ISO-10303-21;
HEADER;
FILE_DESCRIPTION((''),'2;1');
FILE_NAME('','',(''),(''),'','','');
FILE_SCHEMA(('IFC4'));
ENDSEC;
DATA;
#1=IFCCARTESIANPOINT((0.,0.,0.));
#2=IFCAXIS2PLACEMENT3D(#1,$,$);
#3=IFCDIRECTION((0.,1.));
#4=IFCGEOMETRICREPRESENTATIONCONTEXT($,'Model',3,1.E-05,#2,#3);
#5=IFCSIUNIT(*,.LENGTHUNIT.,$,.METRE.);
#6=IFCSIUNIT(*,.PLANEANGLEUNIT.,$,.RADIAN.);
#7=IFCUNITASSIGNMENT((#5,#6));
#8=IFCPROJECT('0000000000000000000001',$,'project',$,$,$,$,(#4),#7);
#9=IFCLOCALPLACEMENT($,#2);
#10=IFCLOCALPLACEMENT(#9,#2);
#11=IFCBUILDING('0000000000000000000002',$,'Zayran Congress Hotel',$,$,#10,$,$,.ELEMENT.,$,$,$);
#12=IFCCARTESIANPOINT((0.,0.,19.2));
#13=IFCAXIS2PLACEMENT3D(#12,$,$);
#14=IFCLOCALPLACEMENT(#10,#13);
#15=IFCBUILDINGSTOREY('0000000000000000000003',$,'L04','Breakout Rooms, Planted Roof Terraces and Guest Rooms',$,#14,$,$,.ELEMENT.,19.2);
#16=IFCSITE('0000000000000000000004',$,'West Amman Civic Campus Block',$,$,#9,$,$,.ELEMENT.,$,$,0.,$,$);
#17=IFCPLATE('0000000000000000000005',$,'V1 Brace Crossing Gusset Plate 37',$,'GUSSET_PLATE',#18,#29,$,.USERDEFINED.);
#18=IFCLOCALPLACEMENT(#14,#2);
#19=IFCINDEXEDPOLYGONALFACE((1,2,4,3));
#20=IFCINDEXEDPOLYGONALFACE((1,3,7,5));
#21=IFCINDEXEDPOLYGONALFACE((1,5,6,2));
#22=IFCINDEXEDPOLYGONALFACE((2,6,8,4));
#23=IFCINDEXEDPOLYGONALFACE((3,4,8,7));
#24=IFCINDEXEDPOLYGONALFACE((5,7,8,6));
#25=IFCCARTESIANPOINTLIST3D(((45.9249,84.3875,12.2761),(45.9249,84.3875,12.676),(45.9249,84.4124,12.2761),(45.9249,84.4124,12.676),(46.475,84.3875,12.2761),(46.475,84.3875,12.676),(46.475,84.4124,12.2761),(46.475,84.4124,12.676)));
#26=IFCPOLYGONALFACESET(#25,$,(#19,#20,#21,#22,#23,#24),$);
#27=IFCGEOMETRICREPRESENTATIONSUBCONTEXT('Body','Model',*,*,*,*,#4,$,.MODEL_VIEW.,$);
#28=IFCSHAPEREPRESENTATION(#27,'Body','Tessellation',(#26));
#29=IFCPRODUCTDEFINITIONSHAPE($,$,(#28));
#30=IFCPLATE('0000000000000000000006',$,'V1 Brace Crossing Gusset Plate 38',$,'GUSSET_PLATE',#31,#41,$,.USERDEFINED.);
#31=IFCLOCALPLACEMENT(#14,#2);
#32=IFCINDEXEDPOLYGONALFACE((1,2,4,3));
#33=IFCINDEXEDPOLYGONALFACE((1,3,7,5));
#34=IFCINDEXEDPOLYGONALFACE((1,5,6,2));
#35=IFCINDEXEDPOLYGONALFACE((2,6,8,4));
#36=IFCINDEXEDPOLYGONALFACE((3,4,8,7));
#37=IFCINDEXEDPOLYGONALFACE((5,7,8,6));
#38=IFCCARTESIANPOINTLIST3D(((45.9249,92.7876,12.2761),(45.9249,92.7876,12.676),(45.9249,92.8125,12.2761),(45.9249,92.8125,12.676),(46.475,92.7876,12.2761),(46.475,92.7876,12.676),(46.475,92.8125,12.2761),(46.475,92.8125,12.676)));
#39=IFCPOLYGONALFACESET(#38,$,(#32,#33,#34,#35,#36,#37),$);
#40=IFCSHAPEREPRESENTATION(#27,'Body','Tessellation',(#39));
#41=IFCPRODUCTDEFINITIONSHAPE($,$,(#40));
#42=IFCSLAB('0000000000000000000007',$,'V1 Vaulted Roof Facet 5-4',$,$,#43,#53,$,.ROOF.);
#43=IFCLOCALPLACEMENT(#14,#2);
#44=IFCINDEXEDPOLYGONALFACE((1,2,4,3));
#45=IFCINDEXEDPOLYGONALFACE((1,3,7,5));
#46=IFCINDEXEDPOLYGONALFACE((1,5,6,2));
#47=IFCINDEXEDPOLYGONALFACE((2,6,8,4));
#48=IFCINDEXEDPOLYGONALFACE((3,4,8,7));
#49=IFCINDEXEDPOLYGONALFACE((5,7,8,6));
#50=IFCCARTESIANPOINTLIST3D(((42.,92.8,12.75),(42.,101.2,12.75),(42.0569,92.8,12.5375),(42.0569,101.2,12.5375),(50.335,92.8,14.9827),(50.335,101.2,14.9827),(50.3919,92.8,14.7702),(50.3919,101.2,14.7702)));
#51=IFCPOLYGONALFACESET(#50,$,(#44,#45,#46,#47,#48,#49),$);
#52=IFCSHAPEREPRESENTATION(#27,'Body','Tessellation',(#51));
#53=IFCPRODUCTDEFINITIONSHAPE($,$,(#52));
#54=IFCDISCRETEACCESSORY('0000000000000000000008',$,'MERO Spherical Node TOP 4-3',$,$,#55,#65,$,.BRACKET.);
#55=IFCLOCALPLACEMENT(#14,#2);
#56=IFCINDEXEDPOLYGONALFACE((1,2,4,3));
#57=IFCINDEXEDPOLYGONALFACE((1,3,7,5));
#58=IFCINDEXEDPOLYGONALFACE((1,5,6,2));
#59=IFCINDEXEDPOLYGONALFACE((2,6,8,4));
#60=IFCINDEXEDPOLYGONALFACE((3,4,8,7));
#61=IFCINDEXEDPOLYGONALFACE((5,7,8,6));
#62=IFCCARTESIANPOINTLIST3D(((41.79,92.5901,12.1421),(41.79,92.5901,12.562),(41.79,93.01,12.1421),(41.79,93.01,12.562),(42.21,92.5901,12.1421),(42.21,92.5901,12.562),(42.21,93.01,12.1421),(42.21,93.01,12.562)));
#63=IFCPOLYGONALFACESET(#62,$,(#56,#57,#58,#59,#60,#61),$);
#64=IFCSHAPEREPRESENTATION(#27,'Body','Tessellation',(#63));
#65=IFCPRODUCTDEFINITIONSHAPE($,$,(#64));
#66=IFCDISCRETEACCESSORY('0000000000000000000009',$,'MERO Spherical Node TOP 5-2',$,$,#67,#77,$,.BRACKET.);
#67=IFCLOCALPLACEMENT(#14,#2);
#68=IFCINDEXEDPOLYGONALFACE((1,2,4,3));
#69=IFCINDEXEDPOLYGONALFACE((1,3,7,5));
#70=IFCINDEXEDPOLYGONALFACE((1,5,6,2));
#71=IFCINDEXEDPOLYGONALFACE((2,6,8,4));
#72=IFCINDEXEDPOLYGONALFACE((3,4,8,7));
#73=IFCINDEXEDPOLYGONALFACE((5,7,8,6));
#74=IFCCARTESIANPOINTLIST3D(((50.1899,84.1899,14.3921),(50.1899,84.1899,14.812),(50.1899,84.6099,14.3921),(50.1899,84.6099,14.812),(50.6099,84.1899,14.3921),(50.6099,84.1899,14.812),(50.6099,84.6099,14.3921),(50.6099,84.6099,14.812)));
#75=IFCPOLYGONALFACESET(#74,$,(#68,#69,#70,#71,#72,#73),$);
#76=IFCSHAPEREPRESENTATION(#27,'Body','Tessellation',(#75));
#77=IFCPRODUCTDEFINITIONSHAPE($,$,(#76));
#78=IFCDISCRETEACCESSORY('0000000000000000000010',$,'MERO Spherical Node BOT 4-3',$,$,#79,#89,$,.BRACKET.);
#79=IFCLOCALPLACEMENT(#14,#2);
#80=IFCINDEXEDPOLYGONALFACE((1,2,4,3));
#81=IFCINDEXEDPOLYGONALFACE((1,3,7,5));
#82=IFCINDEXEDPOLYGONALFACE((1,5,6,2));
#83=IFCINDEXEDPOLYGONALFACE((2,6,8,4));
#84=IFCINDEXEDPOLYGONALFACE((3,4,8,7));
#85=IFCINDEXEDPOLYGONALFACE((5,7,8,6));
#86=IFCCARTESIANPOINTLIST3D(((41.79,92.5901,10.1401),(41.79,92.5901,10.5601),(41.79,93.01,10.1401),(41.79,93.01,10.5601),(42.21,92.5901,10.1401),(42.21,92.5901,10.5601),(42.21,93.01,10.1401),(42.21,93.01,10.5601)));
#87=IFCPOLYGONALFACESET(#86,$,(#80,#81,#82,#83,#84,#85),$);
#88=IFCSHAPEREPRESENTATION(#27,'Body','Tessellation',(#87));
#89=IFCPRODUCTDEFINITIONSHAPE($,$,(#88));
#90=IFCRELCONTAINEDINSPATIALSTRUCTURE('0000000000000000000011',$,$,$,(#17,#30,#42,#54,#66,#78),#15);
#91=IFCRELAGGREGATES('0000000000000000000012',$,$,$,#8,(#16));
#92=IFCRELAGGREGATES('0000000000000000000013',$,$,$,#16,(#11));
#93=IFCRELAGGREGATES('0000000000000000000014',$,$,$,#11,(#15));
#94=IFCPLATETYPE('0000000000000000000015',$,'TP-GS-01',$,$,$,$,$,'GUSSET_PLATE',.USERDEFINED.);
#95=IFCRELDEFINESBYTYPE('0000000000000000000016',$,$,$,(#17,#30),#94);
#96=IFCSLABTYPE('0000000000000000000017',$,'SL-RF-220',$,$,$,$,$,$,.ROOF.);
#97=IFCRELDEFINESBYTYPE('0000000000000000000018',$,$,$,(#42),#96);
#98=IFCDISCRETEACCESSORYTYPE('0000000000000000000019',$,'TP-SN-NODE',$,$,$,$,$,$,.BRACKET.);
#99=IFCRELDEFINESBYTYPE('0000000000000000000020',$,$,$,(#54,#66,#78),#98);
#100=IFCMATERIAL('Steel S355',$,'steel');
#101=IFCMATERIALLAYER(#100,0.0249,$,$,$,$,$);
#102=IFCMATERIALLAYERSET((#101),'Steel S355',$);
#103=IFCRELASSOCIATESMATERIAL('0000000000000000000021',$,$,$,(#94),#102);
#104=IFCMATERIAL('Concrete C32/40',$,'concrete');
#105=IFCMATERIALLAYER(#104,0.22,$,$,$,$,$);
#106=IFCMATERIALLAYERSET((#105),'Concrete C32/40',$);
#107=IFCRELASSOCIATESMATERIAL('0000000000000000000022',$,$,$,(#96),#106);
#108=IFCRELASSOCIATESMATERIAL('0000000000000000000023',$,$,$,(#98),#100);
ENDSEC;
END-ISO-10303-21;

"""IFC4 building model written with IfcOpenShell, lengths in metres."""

from ifc_helpers import new_model, si_unit, direction, frame, origin, origin_2d, place, context, subcontext, project, spatial, polyline, rectangle, outline, extrude, material, layer, layer_set, type_object, element, save


model = new_model("IFC4")

# Units and contexts
model_context = context("Model", 3, precision=1e-05, world=origin(), true_north=direction((0.0, 1.0)))
body_context = subcontext(model_context, "Body", "Model", "MODEL_VIEW")
ifc_project = project(units=[si_unit("LENGTHUNIT", "METRE"), si_unit("PLANEANGLEUNIT", "RADIAN")], contexts=[model_context])

# Site, building, storey
site_placement = place(None, origin())
site = spatial("IfcSite", under=ifc_project, at=site_placement, Name="West Amman Civic Campus Block", CompositionType="ELEMENT", RefElevation=0.0)
building_placement = place(site_placement, origin())
building = spatial("IfcBuilding", under=site, at=building_placement, Name="Zayran Congress Hotel", CompositionType="ELEMENT")
storey_placement = place(building_placement, frame((0.0, 0.0, 19.2)))
storey = spatial("IfcBuildingStorey", under=building, at=storey_placement, Name="L04", Description="Breakout Rooms, Planted Roof Terraces and Guest Rooms", CompositionType="ELEMENT", Elevation=19.2)

# Shared definitions
ifc_material_1 = material(Name="Steel S355", Category="steel")

# Plates
ifc_layer_1 = layer(ifc_material_1, 0.0249)
ifc_layer_set_1 = layer_set([ifc_layer_1], Name="Steel S355")
plate_type_1 = type_object("IfcPlateType", Name="TP-GS-01", ElementType="GUSSET_PLATE", PredefinedType="USERDEFINED", material=ifc_layer_set_1)
for number, where, z_axis, x_axis, name in (
    (1, (46.2, 84.3999, 12.2761), (0.0, 0.0, 1.0), (1.0, 0.0, 0.0), "V1 Brace Crossing Gusset Plate 37"),
    (2, (46.2, 92.8, 12.2761), (0.0, 0.0, 1.0), (1.0, 0.0, 0.0), "V1 Brace Crossing Gusset Plate 38"),
):
    element("IfcPlate", number, at=place(storey_placement, frame(where, z_axis=z_axis, x_axis=x_axis)), inside=storey, type_object=plate_type_1, Name=name, ObjectType="GUSSET_PLATE", PredefinedType="USERDEFINED", context=body_context, shape_type="SweptSolid", body=[
        extrude(rectangle(XDim=0.55, YDim=0.0249, at=origin_2d()), origin(), (0.0, 0.0, 1.0), 0.3999),
    ])

# Slab
ifc_material_2 = material(Name="Concrete C32/40", Category="concrete")
ifc_layer_2 = layer(ifc_material_2, 0.22)
ifc_layer_set_2 = layer_set([ifc_layer_2], Name="Concrete C32/40")
slab_type = type_object("IfcSlabType", Name="SL-RF-220", PredefinedType="ROOF", material=ifc_layer_set_2)
slab_placement = place(storey_placement, frame((42.0, 92.8, 12.75), z_axis=(-0.258746, 0.0, 0.965946), x_axis=(0.965946, 0.0, 0.258746)))
element("IfcSlab", 3, at=slab_placement, inside=storey, type_object=slab_type, Name="V1 Vaulted Roof Facet 5-4", PredefinedType="ROOF", context=body_context, shape_type="SweptSolid", body=[
    extrude(outline(polyline([(0.0, 0.0), (8.6288, 0.0), (8.6288, 8.3999), (0.0, 8.3999), (0.0, 0.0)])), origin(), (0.0, 0.0, -1.0), 0.22),
])

# Discrete accessories
discrete_accessory_type = type_object("IfcDiscreteAccessoryType", Name="TP-SN-NODE", PredefinedType="BRACKET", material=ifc_material_1)
for number, where, z_axis, x_axis, name in (
    (4, (42.0, 92.8, 12.1421), (0.0, 0.0, 1.0), (1.0, 0.0, 0.0), "MERO Spherical Node TOP 4-3"),
    (5, (50.3999, 84.3999, 14.3921), (0.0, 0.0, 1.0), (1.0, 0.0, 0.0), "MERO Spherical Node TOP 5-2"),
    (6, (42.0, 92.8, 10.1401), (0.0, 0.0, 1.0), (1.0, 0.0, 0.0), "MERO Spherical Node BOT 4-3"),
):
    element("IfcDiscreteAccessory", number, at=place(storey_placement, frame(where, z_axis=z_axis, x_axis=x_axis)), inside=storey, type_object=discrete_accessory_type, Name=name, PredefinedType="BRACKET", context=body_context, shape_type="SweptSolid", body=[
        extrude(rectangle(XDim=0.4199, YDim=0.4199, at=origin_2d()), origin(), (0.0, 0.0, 1.0), 0.4199),
    ])

save(model, "model.ifc")
